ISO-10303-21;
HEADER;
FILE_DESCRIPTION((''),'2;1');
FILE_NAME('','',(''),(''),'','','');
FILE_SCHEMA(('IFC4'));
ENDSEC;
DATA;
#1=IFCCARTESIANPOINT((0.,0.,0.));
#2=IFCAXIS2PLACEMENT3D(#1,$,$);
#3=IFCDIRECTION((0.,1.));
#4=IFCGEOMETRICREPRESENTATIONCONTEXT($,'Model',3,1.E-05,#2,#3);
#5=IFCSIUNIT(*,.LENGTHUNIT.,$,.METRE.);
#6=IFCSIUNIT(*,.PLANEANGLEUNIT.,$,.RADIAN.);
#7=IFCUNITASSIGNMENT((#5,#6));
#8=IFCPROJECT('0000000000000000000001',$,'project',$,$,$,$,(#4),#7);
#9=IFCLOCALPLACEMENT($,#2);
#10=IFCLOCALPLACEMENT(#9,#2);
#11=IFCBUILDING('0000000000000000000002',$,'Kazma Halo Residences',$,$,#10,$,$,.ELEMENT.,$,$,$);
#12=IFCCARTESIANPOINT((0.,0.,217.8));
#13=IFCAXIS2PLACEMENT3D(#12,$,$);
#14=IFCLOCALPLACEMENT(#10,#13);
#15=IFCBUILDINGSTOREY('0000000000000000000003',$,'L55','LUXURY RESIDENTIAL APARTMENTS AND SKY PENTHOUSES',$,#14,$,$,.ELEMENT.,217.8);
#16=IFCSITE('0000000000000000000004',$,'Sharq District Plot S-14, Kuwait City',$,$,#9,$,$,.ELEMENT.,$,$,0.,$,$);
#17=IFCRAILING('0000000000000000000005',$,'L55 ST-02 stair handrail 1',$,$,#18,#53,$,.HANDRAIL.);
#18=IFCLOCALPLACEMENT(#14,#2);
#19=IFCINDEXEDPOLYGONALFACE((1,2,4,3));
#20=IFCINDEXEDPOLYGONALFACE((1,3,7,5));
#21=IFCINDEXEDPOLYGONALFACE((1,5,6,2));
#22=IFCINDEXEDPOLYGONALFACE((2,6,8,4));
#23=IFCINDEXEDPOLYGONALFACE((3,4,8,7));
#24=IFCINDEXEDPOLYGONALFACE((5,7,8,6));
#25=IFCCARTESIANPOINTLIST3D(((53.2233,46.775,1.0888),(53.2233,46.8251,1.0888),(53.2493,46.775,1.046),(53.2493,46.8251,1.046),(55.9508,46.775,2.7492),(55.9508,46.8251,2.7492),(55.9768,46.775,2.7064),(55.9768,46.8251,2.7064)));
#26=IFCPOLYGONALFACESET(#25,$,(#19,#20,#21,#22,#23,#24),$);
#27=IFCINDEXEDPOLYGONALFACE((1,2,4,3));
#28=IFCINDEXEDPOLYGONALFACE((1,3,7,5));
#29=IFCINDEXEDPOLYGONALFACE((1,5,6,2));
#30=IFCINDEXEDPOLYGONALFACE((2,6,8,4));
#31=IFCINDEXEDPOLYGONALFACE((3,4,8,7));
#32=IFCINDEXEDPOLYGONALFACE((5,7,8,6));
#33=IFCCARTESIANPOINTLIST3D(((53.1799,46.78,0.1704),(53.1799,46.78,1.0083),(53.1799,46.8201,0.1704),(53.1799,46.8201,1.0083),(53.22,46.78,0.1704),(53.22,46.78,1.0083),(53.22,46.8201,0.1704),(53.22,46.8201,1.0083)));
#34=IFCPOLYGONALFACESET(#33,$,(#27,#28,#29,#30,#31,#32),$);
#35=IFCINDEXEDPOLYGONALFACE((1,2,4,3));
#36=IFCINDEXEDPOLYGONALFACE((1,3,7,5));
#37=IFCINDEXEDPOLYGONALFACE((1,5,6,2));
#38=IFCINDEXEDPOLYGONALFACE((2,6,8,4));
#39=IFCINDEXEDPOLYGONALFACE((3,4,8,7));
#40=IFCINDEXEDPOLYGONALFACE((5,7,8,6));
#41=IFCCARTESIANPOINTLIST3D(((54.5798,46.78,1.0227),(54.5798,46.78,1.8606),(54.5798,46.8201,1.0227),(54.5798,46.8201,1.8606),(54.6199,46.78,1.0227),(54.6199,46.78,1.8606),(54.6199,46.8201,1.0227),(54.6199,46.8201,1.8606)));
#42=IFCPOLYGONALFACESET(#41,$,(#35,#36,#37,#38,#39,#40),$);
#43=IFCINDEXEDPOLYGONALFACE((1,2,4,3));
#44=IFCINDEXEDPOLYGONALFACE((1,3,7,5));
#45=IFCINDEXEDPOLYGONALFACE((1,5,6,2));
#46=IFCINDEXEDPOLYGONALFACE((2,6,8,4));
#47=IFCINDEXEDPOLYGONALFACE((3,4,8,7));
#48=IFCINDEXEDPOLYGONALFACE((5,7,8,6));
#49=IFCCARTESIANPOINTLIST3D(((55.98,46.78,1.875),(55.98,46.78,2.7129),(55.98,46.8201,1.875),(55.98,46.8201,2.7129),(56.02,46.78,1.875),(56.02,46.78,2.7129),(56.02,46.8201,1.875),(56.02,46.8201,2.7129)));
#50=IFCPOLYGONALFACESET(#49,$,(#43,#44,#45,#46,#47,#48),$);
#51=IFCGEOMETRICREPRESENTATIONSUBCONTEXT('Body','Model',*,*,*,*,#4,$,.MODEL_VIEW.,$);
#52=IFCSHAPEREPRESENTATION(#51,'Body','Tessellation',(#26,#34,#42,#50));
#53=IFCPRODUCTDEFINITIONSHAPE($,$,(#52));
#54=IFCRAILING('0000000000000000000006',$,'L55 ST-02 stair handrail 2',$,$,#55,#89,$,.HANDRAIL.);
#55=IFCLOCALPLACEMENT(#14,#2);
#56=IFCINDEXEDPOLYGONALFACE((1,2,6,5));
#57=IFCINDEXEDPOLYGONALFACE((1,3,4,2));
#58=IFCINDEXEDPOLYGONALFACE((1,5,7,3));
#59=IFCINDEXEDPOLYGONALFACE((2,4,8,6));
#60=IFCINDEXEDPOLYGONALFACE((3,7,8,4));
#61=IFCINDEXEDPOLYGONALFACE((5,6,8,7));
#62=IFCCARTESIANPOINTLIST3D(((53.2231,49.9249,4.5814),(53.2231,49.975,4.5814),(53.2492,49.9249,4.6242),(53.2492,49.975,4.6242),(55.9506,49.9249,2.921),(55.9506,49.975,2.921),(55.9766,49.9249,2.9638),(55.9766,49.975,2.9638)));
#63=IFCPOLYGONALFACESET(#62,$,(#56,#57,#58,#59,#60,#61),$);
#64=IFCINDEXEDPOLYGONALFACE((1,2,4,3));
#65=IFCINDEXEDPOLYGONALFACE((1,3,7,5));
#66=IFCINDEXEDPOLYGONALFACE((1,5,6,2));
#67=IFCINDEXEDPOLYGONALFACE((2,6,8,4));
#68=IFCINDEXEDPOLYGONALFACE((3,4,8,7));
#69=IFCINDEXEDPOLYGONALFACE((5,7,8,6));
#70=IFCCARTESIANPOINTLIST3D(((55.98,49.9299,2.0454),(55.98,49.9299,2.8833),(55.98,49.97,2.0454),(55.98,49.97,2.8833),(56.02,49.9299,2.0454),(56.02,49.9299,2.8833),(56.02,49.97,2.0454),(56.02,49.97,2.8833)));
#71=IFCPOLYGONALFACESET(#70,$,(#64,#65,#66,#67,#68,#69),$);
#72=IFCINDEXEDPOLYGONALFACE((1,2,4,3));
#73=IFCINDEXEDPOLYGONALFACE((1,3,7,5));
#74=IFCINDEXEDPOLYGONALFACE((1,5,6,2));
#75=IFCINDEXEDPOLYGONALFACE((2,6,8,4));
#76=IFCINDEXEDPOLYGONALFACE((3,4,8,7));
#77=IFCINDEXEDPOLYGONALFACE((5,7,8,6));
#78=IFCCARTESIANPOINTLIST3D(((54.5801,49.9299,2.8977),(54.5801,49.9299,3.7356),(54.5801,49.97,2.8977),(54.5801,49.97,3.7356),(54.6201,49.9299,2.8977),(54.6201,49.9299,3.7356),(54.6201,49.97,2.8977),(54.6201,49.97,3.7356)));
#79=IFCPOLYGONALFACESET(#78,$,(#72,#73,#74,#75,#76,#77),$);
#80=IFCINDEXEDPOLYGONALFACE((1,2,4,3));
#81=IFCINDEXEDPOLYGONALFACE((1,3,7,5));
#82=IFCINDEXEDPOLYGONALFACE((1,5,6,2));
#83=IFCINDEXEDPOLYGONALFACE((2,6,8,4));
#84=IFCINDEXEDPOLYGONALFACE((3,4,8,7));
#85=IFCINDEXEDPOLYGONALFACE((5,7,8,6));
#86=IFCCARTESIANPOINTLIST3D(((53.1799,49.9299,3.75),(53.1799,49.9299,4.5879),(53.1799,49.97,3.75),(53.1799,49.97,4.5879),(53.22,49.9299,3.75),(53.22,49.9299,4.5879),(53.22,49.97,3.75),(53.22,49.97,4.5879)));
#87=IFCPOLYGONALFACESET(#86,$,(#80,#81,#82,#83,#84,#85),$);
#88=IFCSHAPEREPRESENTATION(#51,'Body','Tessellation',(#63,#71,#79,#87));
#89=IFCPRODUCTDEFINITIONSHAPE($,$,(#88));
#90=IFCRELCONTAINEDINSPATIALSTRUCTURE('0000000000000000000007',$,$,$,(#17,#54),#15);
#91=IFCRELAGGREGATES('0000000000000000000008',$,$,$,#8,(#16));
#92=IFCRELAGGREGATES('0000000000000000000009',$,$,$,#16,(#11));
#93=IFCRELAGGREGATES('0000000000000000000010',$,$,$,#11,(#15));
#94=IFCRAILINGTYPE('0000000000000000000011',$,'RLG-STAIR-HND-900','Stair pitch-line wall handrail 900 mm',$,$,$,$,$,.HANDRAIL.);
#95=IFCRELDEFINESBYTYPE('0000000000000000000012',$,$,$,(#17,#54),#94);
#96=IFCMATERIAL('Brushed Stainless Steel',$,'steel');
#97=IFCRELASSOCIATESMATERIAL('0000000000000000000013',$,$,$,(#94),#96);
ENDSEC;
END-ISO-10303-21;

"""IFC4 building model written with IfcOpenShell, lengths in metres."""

from ifc_helpers import new_model, si_unit, direction, frame, origin, origin_2d, place, context, subcontext, project, spatial, rectangle, extrude, material, type_object, element, save


model = new_model("IFC4")

# Units and contexts
model_context = context("Model", 3, precision=1e-05, world=origin(), true_north=direction((0.0, 1.0)))
body_context = subcontext(model_context, "Body", "Model", "MODEL_VIEW")
ifc_project = project(units=[si_unit("LENGTHUNIT", "METRE"), si_unit("PLANEANGLEUNIT", "RADIAN")], contexts=[model_context])

# Site, building, storey
site_placement = place(None, origin())
site = spatial("IfcSite", under=ifc_project, at=site_placement, Name="Sharq District Plot S-14, Kuwait City", CompositionType="ELEMENT", RefElevation=0.0)
building_placement = place(site_placement, origin())
building = spatial("IfcBuilding", under=site, at=building_placement, Name="Kazma Halo Residences", CompositionType="ELEMENT")
storey_placement = place(building_placement, frame((0.0, 0.0, 217.8)))
storey = spatial("IfcBuildingStorey", under=building, at=storey_placement, Name="L55", Description="LUXURY RESIDENTIAL APARTMENTS AND SKY PENTHOUSES", CompositionType="ELEMENT", Elevation=217.8)

# Railings
ifc_material_1 = material(Name="Brushed Stainless Steel", Category="steel")
railing_type_1 = type_object("IfcRailingType", Name="RLG-STAIR-HND-900", Description="Stair pitch-line wall handrail 900 mm", PredefinedType="HANDRAIL", material=ifc_material_1)
railing_1_placement = place(storey_placement, frame((53.2, 46.8, 0.1704)))
element("IfcRailing", 1, at=railing_1_placement, inside=storey, type_object=railing_type_1, Name="L55 ST-02 stair handrail 1", PredefinedType="HANDRAIL", context=body_context, shape_type="SweptSolid", body=[
    extrude(rectangle(XDim=0.05, YDim=0.05, at=origin_2d()), frame((0.0364, 0.0, 0.897), z_axis=(0.85417, 0.0, 0.519994), x_axis=(0.0, 1.0, 0.0)), (0.0, 0.0, 1.0), 3.1931),
    extrude(rectangle(XDim=0.04, YDim=0.04, at=origin_2d()), origin(), (0.0, 0.0, 1.0), 0.8379),
    extrude(rectangle(XDim=0.04, YDim=0.04, at=origin_2d()), frame((1.3999, 0.0, 0.8523)), (0.0, 0.0, 1.0), 0.8379),
    extrude(rectangle(XDim=0.04, YDim=0.04, at=origin_2d()), frame((2.8, 0.0, 1.7046)), (0.0, 0.0, 1.0), 0.8379),
])
railing_2_placement = place(storey_placement, frame((56.0, 49.95, 2.0454)))
element("IfcRailing", 2, at=railing_2_placement, inside=storey, type_object=railing_type_1, Name="L55 ST-02 stair handrail 2", PredefinedType="HANDRAIL", context=body_context, shape_type="SweptSolid", body=[
    extrude(rectangle(XDim=0.05, YDim=0.05, at=origin_2d()), frame((-0.0364, 0.0, 0.897), z_axis=(-0.85417, 0.0, 0.519994), x_axis=(0.0, -1.0, 0.0)), (0.0, 0.0, 1.0), 3.1931),
    extrude(rectangle(XDim=0.04, YDim=0.04, at=origin_2d()), origin(), (0.0, 0.0, 1.0), 0.8379),
    extrude(rectangle(XDim=0.04, YDim=0.04, at=origin_2d()), frame((-1.3999, 0.0, 0.8523)), (0.0, 0.0, 1.0), 0.8379),
    extrude(rectangle(XDim=0.04, YDim=0.04, at=origin_2d()), frame((-2.8, 0.0, 1.7046)), (0.0, 0.0, 1.0), 0.8379),
])

save(model, "model.ifc")
